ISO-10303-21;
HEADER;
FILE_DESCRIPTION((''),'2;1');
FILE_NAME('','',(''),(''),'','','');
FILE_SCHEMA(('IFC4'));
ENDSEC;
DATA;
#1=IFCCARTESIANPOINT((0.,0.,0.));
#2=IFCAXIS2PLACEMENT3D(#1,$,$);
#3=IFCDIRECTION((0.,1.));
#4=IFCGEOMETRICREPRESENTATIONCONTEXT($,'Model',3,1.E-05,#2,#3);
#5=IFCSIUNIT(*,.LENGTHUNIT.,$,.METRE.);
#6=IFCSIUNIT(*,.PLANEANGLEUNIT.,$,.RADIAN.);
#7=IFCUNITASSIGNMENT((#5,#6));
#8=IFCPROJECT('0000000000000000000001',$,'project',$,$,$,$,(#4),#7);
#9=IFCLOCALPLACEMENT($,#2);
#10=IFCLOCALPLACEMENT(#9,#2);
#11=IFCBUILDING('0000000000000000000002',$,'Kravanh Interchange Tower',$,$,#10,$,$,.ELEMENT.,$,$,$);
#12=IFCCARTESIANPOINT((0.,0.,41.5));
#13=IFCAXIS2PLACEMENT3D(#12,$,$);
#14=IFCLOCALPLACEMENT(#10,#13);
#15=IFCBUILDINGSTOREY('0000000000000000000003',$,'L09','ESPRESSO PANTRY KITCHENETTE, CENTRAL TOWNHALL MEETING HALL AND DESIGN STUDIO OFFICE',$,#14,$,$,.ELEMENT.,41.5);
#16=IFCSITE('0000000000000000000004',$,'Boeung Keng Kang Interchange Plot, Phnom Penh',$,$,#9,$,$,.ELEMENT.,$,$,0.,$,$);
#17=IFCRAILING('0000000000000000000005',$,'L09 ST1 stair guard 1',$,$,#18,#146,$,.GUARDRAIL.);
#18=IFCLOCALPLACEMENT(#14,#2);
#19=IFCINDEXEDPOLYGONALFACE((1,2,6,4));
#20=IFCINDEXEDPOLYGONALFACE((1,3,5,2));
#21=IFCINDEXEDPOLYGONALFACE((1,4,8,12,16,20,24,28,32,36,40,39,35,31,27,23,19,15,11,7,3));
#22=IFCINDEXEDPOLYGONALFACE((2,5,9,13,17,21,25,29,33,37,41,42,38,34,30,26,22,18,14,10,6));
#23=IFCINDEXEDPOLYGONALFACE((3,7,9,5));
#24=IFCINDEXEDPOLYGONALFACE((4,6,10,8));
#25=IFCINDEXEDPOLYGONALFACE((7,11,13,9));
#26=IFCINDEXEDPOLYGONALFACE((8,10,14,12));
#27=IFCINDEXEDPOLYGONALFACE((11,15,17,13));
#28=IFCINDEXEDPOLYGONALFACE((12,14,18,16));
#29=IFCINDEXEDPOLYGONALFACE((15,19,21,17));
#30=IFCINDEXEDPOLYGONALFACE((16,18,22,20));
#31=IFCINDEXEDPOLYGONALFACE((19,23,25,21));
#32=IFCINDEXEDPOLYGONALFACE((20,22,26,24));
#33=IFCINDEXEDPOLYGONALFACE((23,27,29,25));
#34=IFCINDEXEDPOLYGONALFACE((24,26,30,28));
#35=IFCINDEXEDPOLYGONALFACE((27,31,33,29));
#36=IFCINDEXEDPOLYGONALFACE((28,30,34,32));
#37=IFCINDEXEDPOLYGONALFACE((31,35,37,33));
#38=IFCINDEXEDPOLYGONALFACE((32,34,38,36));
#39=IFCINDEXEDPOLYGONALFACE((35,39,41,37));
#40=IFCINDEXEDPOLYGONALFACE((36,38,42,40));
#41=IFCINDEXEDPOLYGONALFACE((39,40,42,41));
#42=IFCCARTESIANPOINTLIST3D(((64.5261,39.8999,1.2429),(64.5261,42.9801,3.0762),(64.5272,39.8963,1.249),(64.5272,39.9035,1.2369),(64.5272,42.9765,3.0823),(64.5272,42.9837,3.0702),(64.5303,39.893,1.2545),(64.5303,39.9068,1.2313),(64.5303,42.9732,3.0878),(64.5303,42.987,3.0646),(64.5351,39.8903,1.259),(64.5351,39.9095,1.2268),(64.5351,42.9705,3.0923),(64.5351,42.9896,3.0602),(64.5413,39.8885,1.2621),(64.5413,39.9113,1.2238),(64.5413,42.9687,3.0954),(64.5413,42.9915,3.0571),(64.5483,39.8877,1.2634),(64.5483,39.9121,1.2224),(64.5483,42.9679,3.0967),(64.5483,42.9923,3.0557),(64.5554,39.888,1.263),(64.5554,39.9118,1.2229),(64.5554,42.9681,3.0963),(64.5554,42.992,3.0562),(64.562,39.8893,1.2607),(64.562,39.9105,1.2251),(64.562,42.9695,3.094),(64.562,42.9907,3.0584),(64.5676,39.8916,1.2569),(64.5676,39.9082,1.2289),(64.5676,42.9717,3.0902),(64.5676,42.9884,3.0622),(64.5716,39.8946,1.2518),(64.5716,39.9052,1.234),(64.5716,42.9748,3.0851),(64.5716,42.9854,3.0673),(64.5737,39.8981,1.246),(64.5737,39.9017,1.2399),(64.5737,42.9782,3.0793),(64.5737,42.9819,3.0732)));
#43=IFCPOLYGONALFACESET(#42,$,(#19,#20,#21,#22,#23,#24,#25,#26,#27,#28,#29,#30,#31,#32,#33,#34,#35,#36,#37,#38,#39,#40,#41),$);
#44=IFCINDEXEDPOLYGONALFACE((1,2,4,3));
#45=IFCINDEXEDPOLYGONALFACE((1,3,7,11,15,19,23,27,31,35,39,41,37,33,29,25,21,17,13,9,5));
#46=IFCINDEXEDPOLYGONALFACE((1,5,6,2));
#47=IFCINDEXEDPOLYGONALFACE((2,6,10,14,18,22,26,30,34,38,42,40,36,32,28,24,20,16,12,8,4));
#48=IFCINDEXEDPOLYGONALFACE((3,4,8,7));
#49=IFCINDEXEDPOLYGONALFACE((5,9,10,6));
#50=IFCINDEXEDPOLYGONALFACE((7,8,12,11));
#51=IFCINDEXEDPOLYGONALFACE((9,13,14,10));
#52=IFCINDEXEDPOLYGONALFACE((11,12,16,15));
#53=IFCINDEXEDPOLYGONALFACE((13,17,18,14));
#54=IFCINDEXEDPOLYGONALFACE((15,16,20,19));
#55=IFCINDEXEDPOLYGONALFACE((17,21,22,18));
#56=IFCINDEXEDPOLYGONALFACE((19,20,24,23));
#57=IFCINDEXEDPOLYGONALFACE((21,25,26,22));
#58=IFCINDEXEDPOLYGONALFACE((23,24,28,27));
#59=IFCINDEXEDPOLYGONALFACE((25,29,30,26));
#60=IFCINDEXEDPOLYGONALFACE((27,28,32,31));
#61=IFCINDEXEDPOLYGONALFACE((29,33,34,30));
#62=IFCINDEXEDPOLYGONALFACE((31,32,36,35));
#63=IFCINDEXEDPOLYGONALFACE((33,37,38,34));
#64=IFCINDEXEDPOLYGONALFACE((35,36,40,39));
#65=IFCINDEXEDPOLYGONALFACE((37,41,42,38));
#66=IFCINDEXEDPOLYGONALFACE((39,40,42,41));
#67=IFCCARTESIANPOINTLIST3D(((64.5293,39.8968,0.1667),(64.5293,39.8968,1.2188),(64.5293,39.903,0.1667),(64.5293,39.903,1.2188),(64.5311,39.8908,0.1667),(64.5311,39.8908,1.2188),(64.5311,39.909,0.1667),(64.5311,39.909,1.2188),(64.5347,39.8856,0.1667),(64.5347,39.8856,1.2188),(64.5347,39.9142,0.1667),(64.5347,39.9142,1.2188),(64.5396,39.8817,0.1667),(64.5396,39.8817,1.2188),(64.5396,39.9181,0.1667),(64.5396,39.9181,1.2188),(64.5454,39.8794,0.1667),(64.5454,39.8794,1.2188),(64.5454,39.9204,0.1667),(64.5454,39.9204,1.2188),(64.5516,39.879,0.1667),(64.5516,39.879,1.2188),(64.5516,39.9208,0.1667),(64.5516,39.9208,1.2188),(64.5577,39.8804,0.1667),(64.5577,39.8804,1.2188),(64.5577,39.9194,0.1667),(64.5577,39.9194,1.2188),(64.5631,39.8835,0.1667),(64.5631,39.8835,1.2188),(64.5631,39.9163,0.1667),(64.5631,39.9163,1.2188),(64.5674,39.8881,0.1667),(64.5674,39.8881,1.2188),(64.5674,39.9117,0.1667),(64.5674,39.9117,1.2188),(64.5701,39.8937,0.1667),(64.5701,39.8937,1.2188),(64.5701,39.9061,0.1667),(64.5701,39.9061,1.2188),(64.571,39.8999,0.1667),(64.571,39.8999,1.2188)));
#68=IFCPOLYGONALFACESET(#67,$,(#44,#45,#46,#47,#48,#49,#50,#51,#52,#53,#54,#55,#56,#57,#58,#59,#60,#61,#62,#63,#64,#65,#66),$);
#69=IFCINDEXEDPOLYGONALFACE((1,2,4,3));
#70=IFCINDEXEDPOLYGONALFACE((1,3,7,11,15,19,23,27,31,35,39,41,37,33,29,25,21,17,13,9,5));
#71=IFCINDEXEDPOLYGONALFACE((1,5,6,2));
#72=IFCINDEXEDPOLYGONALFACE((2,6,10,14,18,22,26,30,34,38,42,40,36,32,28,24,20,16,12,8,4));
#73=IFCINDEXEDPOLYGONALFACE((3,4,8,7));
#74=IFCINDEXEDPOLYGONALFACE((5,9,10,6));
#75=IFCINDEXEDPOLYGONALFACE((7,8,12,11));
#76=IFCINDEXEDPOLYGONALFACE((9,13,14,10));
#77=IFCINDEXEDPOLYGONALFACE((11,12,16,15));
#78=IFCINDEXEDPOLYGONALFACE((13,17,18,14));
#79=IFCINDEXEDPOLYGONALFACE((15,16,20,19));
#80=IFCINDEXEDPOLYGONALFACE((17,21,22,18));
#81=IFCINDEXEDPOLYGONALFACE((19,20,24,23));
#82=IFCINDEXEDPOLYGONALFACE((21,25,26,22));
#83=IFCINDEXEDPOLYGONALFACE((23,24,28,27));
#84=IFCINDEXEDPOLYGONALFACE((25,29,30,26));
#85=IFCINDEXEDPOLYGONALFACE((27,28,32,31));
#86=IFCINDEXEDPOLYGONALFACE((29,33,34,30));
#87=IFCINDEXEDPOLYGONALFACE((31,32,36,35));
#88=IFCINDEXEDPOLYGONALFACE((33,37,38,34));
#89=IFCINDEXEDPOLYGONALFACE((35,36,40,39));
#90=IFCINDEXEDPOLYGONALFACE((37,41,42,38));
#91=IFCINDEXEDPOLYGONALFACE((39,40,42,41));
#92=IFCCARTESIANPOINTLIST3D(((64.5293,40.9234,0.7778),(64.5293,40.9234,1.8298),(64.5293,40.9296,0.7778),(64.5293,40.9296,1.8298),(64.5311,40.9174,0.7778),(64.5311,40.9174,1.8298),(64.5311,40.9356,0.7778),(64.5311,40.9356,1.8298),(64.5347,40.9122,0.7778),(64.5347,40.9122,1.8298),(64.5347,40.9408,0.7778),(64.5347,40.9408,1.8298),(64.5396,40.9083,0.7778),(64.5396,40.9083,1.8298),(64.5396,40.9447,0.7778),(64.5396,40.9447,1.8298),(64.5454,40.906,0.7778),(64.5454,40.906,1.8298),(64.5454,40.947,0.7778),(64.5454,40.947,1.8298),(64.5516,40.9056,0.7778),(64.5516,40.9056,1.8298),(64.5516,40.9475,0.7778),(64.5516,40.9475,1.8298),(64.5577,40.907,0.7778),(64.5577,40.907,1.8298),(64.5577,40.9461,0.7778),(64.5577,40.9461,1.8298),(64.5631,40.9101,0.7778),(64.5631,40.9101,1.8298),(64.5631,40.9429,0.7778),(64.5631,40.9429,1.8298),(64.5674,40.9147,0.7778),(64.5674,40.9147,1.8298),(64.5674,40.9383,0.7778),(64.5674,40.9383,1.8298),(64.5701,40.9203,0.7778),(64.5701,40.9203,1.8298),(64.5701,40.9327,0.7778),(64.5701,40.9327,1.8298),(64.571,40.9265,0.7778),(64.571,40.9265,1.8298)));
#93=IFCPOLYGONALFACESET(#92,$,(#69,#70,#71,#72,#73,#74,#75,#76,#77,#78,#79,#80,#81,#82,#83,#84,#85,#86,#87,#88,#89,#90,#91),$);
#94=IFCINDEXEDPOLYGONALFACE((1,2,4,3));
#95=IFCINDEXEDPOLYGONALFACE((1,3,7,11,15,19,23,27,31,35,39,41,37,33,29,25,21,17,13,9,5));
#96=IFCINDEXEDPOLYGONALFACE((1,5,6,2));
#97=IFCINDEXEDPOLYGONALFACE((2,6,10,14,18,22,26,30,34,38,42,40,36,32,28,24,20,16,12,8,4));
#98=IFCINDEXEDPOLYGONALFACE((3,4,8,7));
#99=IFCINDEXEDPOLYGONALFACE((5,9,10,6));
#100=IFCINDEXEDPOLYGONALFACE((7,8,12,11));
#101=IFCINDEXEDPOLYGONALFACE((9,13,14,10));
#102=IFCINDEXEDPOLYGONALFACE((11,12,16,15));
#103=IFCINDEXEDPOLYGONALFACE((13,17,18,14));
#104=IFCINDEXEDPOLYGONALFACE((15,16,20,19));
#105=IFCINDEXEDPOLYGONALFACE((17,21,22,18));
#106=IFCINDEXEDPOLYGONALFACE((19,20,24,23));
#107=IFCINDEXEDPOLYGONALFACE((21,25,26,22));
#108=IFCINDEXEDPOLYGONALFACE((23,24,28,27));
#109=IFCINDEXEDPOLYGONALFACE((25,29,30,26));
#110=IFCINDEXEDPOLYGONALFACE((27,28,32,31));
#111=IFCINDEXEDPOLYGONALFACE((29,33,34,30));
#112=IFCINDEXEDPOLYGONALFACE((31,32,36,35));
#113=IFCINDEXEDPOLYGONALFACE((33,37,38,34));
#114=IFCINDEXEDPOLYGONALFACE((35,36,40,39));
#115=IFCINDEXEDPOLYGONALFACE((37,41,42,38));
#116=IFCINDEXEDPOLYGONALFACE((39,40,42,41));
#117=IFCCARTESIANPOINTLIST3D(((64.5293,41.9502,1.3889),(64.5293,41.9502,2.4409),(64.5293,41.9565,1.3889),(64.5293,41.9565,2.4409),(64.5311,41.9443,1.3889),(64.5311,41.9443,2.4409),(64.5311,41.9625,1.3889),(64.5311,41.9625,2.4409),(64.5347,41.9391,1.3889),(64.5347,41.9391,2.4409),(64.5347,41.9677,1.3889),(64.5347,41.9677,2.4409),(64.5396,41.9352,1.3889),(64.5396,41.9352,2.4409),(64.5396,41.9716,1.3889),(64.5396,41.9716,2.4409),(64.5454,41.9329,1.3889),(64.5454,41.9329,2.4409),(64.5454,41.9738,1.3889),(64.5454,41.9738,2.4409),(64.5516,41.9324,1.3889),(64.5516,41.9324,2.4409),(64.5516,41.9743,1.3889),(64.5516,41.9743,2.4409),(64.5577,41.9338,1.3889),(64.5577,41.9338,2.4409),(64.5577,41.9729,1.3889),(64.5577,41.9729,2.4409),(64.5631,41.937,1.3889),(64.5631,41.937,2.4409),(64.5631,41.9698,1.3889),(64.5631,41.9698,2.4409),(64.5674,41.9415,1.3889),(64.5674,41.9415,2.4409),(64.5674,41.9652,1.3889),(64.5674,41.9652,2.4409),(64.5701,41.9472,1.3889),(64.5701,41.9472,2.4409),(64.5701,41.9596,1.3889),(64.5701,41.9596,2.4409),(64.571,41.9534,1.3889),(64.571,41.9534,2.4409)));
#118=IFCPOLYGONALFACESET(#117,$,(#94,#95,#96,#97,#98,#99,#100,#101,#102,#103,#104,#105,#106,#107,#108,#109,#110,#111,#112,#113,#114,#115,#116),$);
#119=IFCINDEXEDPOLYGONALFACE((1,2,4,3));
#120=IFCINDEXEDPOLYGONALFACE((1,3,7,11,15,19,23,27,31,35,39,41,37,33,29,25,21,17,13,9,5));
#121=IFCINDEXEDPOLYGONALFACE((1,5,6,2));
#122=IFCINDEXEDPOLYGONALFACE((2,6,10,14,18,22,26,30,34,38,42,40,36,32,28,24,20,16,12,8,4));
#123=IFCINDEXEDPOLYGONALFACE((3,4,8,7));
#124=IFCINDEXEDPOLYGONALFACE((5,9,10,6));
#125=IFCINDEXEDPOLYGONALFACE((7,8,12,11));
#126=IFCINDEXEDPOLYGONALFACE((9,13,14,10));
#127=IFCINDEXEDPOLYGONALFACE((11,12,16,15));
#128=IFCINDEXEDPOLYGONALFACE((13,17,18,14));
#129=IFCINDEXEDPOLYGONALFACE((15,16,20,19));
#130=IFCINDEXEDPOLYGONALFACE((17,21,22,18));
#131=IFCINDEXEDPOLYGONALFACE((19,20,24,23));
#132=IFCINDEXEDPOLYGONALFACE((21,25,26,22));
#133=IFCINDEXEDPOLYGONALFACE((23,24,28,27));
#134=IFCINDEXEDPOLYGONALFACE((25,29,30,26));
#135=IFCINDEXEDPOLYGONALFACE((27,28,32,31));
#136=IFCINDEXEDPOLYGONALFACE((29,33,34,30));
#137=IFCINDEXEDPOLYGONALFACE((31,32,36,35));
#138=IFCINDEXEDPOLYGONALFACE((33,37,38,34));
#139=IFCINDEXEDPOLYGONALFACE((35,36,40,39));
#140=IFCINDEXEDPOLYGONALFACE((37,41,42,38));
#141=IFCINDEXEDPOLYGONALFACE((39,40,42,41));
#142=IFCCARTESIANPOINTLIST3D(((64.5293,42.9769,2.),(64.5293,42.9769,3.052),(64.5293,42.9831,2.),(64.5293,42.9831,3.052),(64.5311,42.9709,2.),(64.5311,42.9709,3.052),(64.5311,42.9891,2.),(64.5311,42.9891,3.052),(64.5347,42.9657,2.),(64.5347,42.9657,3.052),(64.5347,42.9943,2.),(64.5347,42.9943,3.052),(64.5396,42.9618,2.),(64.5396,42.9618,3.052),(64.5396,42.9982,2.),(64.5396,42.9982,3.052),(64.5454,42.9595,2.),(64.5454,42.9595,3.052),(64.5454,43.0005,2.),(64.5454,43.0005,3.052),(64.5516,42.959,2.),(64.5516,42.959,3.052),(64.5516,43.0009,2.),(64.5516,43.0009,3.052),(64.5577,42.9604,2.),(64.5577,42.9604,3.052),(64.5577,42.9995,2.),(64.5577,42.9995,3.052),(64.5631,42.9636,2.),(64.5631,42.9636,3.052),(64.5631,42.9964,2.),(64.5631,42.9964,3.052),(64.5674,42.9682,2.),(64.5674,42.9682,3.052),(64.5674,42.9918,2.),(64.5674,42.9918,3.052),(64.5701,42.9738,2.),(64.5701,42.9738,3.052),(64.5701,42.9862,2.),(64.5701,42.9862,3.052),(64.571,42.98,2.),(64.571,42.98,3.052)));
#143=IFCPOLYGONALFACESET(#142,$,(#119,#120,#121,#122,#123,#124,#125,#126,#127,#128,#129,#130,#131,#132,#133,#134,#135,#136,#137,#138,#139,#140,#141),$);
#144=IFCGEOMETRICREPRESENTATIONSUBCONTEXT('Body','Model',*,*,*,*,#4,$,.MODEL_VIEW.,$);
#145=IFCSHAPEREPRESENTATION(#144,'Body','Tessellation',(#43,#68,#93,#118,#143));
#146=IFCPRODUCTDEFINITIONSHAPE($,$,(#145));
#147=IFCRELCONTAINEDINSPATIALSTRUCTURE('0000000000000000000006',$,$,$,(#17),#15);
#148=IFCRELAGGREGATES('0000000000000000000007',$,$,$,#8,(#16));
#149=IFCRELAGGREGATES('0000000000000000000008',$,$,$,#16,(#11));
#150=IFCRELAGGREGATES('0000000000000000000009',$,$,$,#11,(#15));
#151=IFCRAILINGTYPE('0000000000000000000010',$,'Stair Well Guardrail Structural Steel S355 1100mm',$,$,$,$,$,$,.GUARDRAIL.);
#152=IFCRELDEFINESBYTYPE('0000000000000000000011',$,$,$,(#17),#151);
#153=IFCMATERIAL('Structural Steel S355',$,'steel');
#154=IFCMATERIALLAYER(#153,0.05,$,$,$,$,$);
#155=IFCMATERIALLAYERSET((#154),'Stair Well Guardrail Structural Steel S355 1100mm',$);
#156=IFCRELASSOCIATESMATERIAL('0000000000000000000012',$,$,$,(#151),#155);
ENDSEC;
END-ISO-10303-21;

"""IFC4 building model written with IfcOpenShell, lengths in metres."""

from ifc_helpers import new_model, si_unit, direction, frame, origin, origin_2d, place, context, subcontext, project, spatial, circle, extrude, material, layer, layer_set, type_object, element, save


model = new_model("IFC4")

# Units and contexts
model_context = context("Model", 3, precision=1e-05, world=origin(), true_north=direction((0.0, 1.0)))
body_context = subcontext(model_context, "Body", "Model", "MODEL_VIEW")
ifc_project = project(units=[si_unit("LENGTHUNIT", "METRE"), si_unit("PLANEANGLEUNIT", "RADIAN")], contexts=[model_context])

# Site, building, storey
site_placement = place(None, origin())
site = spatial("IfcSite", under=ifc_project, at=site_placement, Name="Boeung Keng Kang Interchange Plot, Phnom Penh", CompositionType="ELEMENT", RefElevation=0.0)
building_placement = place(site_placement, origin())
building = spatial("IfcBuilding", under=site, at=building_placement, Name="Kravanh Interchange Tower", CompositionType="ELEMENT")
storey_placement = place(building_placement, frame((0.0, 0.0, 41.5)))
storey = spatial("IfcBuildingStorey", under=building, at=storey_placement, Name="L09", Description="ESPRESSO PANTRY KITCHENETTE, CENTRAL TOWNHALL MEETING HALL AND DESIGN STUDIO OFFICE", CompositionType="ELEMENT", Elevation=41.5)

# Railing
ifc_material_1 = material(Name="Structural Steel S355", Category="steel")
ifc_layer_1 = layer(ifc_material_1, 0.05)
ifc_layer_set_1 = layer_set([ifc_layer_1], Name="Stair Well Guardrail Structural Steel S355 1100mm")
railing_type_1 = type_object("IfcRailingType", Name="Stair Well Guardrail Structural Steel S355 1100mm", PredefinedType="GUARDRAIL", material=ifc_layer_set_1)
railing_1_placement = place(storey_placement, frame((64.55, 39.8999, 0.1667)))
element("IfcRailing", 1, at=railing_1_placement, inside=storey, type_object=railing_type_1, Name="L09 ST1 stair guard 1", PredefinedType="GUARDRAIL", context=body_context, shape_type="SweptSolid", body=[
    extrude(circle(Radius=0.0239, at=origin_2d()), frame((0.0, 0.0, 1.0762), z_axis=(0.0, 0.859309, 0.511458), x_axis=(-1.0, 0.0, 0.0)), (0.0, 0.0, 1.0), 3.5845),
    extrude(circle(Radius=0.021, at=origin_2d()), origin(), (0.0, 0.0, 1.0), 1.052),
    extrude(circle(Radius=0.021, at=origin_2d()), frame((0.0, 1.0266, 0.6111)), (0.0, 0.0, 1.0), 1.052),
    extrude(circle(Radius=0.021, at=origin_2d()), frame((0.0, 2.0535, 1.2222)), (0.0, 0.0, 1.0), 1.052),
    extrude(circle(Radius=0.021, at=origin_2d()), frame((0.0, 3.0801, 1.8333)), (0.0, 0.0, 1.0), 1.052),
])

save(model, "model.ifc")
